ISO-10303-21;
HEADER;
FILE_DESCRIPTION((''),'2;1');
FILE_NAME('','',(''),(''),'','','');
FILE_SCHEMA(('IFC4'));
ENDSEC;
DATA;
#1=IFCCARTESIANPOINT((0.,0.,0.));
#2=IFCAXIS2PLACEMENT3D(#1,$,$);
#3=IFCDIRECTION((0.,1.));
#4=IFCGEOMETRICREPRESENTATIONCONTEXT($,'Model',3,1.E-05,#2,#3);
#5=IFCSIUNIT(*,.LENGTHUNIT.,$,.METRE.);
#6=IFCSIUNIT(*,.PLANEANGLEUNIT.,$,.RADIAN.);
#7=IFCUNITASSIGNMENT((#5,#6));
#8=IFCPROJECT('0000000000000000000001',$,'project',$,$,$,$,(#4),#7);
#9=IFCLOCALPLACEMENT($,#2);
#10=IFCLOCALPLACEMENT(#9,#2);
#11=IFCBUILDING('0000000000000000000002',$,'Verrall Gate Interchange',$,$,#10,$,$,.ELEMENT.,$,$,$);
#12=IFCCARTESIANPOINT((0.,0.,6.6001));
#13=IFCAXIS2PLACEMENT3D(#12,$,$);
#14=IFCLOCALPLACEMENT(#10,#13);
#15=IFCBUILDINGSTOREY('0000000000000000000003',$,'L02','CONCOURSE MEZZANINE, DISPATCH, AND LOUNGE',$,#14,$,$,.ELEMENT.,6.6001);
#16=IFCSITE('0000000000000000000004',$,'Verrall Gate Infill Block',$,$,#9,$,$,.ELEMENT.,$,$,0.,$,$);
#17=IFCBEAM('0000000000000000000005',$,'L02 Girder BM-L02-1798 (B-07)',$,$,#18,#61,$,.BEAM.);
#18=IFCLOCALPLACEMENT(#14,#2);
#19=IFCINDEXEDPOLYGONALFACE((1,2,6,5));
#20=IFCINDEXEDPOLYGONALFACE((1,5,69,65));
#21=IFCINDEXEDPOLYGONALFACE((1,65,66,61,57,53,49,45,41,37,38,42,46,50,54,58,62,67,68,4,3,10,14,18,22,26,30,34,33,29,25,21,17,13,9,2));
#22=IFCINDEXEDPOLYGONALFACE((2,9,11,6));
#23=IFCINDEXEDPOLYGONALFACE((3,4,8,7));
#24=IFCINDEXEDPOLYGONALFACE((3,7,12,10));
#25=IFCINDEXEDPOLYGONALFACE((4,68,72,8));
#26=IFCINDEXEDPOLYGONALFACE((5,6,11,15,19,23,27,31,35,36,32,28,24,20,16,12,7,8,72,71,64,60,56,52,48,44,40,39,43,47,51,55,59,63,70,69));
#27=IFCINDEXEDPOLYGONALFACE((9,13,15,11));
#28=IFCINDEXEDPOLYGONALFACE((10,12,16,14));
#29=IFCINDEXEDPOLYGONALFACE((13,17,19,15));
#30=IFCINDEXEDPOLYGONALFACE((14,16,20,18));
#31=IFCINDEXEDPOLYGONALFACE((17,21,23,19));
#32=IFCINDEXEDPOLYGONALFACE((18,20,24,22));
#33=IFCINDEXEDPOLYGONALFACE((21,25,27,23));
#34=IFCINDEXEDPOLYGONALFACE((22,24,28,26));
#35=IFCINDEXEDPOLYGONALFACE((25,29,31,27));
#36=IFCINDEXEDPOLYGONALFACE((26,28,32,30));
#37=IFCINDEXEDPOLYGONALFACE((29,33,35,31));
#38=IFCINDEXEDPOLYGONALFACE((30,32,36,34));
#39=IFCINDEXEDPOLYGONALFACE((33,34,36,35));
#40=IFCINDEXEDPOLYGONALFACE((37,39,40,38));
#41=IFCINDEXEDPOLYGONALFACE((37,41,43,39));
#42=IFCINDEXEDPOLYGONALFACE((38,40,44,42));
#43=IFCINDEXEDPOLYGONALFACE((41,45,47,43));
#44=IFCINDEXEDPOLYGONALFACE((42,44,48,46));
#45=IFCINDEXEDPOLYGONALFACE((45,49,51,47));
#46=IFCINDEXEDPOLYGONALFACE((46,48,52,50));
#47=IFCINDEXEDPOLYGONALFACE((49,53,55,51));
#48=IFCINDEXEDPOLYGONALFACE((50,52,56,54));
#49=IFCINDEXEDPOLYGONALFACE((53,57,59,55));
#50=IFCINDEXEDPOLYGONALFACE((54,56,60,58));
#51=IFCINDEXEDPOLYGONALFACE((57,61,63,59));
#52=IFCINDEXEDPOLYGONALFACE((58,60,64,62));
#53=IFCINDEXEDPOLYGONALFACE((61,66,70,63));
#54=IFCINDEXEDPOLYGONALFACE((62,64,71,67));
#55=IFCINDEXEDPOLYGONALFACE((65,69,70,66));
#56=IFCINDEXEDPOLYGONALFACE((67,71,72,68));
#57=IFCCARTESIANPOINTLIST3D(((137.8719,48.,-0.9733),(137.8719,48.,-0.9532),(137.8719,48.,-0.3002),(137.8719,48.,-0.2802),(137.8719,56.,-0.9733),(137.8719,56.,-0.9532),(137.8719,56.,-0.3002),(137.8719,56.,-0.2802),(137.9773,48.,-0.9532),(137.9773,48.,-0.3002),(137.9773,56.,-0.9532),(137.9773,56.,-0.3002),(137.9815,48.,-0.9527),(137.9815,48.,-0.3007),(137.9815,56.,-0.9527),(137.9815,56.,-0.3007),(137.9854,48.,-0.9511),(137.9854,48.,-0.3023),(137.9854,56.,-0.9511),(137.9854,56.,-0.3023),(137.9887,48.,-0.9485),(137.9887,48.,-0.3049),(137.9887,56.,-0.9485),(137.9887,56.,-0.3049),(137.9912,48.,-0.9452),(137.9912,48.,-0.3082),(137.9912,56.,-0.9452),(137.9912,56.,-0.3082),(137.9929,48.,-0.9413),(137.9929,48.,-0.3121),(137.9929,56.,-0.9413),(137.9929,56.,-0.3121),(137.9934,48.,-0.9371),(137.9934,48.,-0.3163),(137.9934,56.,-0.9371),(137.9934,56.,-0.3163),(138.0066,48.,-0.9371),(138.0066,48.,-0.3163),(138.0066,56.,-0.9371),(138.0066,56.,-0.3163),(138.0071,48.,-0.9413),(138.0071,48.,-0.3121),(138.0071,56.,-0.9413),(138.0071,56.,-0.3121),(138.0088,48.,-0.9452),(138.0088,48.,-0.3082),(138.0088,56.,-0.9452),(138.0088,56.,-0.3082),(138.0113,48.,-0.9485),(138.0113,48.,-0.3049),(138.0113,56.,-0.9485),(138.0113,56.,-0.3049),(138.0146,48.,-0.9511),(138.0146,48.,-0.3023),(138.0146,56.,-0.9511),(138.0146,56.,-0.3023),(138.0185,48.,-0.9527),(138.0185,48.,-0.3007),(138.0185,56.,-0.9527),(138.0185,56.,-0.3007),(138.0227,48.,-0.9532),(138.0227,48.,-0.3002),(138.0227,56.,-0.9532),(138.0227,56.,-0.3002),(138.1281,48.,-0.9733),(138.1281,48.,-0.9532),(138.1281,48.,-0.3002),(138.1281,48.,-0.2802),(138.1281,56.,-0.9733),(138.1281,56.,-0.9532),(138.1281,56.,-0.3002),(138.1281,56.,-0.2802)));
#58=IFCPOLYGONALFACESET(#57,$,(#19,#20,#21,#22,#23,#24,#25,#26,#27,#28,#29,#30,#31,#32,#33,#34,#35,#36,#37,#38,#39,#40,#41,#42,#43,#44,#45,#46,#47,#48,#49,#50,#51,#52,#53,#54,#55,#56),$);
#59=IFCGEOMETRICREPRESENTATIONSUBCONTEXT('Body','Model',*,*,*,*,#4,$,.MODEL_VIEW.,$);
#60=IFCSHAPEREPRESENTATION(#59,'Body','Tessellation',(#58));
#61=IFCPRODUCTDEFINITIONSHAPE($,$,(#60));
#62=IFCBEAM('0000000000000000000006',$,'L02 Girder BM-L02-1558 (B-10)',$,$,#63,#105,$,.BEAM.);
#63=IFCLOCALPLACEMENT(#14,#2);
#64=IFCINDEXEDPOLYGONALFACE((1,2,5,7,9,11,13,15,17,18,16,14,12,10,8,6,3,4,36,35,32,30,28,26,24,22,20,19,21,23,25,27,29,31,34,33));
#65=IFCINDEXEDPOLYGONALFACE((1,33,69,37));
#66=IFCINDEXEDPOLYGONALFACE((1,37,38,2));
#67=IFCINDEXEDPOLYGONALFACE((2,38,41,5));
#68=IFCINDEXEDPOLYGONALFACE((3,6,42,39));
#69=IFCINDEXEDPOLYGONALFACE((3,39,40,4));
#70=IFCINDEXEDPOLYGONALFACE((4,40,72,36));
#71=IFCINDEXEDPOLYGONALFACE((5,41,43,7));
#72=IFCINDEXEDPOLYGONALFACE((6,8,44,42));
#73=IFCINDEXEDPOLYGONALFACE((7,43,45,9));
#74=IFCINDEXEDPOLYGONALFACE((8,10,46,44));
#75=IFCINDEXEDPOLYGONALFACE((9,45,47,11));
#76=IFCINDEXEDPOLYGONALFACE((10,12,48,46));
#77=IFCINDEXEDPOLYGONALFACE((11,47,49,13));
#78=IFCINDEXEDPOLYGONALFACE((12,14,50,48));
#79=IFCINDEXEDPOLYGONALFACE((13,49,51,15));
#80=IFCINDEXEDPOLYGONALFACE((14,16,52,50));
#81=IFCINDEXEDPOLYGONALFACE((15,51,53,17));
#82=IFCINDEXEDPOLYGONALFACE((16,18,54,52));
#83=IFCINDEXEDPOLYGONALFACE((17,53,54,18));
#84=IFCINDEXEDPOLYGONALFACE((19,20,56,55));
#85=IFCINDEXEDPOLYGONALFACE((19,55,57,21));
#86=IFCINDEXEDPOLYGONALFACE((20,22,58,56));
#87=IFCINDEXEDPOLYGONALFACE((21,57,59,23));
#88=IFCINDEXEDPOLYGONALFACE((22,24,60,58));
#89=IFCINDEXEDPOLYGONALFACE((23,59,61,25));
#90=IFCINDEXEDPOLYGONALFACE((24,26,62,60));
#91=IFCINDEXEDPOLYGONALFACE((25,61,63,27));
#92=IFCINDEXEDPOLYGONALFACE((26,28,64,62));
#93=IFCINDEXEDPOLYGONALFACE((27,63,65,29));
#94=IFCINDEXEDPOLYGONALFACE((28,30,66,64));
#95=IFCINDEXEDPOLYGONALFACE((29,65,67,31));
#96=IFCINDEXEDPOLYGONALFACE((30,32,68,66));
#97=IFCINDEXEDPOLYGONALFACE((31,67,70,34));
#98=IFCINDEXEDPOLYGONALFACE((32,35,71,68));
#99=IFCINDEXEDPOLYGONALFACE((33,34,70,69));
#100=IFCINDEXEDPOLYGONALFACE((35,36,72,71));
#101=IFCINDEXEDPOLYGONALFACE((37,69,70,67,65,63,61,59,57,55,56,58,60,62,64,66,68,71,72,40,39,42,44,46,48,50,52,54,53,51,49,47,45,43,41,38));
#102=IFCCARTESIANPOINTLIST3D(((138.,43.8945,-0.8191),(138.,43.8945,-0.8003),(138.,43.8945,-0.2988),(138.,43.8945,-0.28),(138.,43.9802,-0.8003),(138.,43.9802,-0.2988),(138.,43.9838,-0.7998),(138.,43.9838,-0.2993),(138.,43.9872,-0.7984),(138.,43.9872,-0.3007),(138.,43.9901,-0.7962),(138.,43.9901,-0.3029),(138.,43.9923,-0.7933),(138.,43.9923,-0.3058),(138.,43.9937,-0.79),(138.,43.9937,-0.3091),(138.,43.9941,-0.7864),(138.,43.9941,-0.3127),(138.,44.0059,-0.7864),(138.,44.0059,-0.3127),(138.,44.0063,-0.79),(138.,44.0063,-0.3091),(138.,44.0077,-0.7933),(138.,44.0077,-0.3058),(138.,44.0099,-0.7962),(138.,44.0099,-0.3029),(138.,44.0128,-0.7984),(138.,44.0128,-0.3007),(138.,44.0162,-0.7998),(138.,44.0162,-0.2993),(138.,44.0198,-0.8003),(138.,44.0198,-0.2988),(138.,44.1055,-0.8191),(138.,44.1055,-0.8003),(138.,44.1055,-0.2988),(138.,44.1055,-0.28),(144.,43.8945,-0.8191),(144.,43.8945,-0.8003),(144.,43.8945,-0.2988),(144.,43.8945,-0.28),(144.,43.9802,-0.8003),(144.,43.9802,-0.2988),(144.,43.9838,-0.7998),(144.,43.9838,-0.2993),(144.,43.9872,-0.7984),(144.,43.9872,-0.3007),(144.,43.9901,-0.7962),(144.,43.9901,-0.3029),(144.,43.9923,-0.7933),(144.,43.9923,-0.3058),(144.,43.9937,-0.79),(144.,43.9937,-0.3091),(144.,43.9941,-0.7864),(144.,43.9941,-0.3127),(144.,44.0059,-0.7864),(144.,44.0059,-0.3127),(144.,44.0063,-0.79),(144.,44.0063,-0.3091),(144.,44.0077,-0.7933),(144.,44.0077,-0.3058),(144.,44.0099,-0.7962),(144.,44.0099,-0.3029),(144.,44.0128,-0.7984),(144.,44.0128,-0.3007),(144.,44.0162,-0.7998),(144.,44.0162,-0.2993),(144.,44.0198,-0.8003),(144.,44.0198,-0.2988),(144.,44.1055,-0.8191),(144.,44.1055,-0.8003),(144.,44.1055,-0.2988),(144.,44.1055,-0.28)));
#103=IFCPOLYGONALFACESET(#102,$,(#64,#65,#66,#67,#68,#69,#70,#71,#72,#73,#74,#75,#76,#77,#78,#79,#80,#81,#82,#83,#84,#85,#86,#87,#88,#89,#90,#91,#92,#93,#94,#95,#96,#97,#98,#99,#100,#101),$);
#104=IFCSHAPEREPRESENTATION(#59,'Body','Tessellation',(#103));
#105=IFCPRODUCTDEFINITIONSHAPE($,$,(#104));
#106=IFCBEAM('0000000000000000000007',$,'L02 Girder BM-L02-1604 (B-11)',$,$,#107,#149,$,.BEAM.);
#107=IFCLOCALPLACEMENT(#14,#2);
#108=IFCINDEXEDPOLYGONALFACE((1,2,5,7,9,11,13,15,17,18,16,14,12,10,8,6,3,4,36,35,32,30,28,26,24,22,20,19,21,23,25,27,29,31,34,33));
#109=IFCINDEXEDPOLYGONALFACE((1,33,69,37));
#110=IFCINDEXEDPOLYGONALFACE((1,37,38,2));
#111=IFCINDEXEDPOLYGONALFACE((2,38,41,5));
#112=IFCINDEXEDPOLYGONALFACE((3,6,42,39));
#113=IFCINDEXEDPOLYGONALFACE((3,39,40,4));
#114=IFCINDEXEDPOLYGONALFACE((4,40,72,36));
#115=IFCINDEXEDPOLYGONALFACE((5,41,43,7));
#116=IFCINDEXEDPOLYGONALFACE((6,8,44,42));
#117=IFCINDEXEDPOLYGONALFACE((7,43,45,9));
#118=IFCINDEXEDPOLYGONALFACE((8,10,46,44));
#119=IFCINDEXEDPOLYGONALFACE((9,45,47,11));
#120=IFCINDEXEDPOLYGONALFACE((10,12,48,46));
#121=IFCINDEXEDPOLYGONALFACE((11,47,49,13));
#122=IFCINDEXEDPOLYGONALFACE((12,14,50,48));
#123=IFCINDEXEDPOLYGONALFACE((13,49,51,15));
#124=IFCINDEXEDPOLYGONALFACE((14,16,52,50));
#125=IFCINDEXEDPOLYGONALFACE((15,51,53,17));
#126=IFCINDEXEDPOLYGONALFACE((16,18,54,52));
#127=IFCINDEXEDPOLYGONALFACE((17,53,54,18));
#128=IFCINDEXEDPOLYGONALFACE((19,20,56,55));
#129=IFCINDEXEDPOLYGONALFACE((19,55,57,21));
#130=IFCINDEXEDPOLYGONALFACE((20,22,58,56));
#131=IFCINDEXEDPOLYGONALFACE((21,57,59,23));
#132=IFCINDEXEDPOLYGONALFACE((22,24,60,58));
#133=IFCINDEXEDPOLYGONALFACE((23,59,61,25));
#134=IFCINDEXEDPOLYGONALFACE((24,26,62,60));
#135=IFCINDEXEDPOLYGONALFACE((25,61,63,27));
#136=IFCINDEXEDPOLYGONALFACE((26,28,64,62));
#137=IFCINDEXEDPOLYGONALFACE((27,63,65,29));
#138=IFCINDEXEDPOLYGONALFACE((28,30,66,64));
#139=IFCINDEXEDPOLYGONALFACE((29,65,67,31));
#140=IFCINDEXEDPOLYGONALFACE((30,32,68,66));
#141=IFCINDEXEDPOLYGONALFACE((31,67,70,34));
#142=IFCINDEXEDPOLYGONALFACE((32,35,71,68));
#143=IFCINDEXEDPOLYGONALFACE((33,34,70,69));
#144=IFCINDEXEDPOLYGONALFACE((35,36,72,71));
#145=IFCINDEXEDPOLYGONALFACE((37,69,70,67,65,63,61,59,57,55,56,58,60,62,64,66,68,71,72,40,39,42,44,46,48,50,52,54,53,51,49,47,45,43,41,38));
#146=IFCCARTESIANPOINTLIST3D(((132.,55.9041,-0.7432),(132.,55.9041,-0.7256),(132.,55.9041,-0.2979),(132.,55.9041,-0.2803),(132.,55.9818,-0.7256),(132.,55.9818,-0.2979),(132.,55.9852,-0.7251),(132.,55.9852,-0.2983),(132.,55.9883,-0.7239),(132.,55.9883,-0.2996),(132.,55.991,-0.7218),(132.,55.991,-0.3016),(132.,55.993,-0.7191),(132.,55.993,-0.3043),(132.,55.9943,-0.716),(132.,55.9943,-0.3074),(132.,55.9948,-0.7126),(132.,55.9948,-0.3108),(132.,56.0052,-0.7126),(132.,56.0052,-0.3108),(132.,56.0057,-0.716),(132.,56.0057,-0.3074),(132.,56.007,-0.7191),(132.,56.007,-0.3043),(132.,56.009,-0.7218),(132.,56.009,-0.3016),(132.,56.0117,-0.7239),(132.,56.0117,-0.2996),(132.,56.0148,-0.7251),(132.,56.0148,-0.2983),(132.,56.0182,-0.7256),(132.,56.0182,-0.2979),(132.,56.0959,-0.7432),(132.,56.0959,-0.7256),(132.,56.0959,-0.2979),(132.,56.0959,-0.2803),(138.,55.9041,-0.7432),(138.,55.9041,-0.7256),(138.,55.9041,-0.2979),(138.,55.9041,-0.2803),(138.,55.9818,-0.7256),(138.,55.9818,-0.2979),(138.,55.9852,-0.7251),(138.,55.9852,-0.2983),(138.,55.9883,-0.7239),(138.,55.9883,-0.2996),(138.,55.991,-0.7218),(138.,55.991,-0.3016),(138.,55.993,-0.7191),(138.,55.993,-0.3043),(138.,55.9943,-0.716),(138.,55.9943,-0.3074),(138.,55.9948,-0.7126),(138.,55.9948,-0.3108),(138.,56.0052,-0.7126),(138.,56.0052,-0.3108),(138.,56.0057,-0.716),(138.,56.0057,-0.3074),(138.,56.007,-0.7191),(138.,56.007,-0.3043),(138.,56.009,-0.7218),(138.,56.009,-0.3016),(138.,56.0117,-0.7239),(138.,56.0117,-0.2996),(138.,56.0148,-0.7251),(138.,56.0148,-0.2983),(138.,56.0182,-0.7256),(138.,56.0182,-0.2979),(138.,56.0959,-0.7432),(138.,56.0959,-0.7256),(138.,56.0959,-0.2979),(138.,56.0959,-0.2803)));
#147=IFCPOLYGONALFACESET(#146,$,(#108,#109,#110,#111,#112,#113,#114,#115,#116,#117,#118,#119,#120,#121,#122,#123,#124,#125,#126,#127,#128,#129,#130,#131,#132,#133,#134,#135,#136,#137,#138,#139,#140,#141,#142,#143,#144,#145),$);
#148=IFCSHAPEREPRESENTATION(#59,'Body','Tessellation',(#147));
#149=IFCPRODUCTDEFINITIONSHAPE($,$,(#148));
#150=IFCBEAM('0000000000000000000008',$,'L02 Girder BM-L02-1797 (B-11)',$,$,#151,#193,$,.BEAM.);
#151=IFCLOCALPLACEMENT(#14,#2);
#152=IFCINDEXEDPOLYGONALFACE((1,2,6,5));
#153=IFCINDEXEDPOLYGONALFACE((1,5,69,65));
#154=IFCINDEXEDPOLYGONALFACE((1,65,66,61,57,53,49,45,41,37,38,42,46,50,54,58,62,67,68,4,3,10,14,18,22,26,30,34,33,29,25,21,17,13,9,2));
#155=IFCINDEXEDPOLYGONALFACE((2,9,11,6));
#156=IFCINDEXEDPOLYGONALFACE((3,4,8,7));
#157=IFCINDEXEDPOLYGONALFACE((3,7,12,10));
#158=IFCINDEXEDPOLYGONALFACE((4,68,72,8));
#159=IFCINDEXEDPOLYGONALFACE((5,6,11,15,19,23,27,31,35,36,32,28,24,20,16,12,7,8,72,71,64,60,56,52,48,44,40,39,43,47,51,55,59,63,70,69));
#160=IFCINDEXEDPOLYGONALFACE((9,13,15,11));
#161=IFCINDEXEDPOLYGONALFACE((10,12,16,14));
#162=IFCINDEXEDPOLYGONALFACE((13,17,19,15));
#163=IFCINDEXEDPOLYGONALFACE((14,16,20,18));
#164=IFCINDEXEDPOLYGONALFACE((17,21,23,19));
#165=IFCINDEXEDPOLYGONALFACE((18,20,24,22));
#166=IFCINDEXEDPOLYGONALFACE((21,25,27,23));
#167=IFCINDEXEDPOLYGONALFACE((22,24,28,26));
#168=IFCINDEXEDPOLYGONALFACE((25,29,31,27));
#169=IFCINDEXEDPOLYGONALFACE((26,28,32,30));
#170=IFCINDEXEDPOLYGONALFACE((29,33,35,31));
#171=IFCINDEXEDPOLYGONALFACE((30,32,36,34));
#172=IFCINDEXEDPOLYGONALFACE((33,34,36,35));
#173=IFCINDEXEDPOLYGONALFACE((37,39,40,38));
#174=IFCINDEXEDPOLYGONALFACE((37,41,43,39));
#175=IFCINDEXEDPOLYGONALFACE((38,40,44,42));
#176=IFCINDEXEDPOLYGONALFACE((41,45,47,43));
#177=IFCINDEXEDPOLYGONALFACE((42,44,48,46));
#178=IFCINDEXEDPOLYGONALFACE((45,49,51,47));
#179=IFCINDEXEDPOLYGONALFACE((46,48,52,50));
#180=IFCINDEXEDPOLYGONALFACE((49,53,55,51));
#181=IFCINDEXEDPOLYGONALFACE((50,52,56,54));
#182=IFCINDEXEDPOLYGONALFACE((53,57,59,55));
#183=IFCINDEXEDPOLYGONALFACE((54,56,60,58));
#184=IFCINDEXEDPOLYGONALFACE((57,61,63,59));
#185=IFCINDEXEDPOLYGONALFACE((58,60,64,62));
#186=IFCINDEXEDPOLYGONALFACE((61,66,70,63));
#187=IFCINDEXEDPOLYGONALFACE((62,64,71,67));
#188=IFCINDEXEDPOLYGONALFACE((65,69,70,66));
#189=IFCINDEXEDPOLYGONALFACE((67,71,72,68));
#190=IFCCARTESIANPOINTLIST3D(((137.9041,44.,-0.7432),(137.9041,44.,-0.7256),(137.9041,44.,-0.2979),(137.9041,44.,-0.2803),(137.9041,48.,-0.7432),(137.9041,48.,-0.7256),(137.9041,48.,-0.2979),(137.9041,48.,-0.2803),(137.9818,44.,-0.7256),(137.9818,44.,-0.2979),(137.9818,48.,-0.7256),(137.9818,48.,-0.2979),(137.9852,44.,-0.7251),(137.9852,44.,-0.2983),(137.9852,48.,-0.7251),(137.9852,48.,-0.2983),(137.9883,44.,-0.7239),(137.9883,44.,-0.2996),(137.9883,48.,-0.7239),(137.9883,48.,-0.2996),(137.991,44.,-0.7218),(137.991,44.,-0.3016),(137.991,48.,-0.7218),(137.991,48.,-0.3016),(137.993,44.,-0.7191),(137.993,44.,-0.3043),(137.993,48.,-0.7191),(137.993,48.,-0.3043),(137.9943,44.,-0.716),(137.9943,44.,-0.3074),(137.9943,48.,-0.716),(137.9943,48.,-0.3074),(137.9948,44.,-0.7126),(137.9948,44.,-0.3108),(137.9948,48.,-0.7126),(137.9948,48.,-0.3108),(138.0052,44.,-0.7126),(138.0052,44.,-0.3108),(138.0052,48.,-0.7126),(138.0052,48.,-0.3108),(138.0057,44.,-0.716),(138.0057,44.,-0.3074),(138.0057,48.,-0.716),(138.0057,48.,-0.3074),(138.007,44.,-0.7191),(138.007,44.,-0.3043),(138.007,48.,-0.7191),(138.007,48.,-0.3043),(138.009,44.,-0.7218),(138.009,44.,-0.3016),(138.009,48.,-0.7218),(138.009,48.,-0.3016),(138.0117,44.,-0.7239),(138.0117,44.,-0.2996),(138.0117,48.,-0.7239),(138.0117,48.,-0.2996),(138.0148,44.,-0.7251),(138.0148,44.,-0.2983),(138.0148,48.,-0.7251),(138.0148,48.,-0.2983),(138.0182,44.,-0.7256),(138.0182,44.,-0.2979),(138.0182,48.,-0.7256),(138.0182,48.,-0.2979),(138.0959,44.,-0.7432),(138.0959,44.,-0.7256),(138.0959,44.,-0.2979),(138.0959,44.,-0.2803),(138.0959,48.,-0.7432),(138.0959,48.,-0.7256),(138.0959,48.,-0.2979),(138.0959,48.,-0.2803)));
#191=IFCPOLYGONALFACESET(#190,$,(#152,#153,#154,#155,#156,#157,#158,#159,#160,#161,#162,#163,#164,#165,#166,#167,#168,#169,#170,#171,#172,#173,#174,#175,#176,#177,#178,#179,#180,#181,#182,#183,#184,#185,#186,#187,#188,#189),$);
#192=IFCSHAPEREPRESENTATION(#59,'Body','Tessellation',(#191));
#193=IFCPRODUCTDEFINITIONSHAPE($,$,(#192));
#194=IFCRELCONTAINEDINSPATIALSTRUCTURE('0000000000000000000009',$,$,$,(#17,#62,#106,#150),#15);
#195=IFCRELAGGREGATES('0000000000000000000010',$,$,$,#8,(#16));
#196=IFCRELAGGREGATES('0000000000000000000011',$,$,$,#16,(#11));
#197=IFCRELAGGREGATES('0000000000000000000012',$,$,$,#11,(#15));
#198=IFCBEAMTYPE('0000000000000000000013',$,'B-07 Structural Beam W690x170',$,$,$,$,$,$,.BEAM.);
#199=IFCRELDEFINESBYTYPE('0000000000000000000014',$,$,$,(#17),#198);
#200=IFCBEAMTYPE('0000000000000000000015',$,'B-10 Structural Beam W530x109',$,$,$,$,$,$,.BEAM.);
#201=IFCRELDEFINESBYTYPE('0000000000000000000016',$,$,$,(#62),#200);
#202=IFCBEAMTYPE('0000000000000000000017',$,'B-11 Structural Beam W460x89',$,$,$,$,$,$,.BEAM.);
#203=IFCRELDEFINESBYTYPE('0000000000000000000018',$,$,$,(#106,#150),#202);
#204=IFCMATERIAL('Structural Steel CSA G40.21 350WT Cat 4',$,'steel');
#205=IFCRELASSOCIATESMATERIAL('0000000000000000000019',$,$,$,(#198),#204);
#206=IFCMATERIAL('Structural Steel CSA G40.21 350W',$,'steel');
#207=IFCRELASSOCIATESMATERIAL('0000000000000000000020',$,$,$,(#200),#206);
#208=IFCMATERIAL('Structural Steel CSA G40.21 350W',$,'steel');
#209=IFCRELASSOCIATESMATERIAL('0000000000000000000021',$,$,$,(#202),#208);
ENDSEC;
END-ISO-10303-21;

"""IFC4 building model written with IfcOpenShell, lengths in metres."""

from ifc_helpers import new_model, si_unit, direction, frame, origin, origin_2d, place, context, subcontext, project, spatial, i_section, extrude, material, material_profile, profile_set, type_object, element, save


model = new_model("IFC4")

# Units and contexts
model_context = context("Model", 3, precision=1e-05, world=origin(), true_north=direction((0.0, 1.0)))
body_context = subcontext(model_context, "Body", "Model", "MODEL_VIEW")
ifc_project = project(units=[si_unit("LENGTHUNIT", "METRE"), si_unit("PLANEANGLEUNIT", "RADIAN")], contexts=[model_context])

# Site, building, storey
site_placement = place(None, origin())
site = spatial("IfcSite", under=ifc_project, at=site_placement, Name="Verrall Gate Infill Block", CompositionType="ELEMENT", RefElevation=0.0)
building_placement = place(site_placement, origin())
building = spatial("IfcBuilding", under=site, at=building_placement, Name="Verrall Gate Interchange", CompositionType="ELEMENT")
storey_placement = place(building_placement, frame((0.0, 0.0, 6.6001)))
storey = spatial("IfcBuildingStorey", under=building, at=storey_placement, Name="L02", Description="CONCOURSE MEZZANINE, DISPATCH, AND LOUNGE", CompositionType="ELEMENT", Elevation=6.6001)

# Beams
ifc_material_1 = material(Name="Structural Steel CSA G40.21 350WT Cat 4", Category="steel")
ifc_material_profile_1 = material_profile(ifc_material_1, i_section(OverallWidth=0.2561, OverallDepth=0.6931, WebThickness=0.0132, FlangeThickness=0.02, FilletRadius=0.0161, at=origin_2d()), Name="W690x170")
ifc_profile_set_1 = profile_set([ifc_material_profile_1], Name="Structural Steel CSA G40.21 350WT Cat 4")
beam_type_1 = type_object("IfcBeamType", Name="B-07 Structural Beam W690x170", PredefinedType="BEAM", material=ifc_profile_set_1)
beam_1_placement = place(storey_placement, frame((138.0, 48.0, -0.6267), z_axis=(0.0, 1.0, 0.0), x_axis=(-1.0, 0.0, 0.0)))
element("IfcBeam", 1, at=beam_1_placement, inside=storey, type_object=beam_type_1, Name="L02 Girder BM-L02-1798 (B-07)", PredefinedType="BEAM", context=body_context, shape_type="SweptSolid", body=[
    extrude(i_section(OverallWidth=0.2561, OverallDepth=0.6931, WebThickness=0.0132, FlangeThickness=0.02, FilletRadius=0.0161, at=origin_2d()), origin(), (0.0, 0.0, 1.0), 8.0),
])
ifc_material_2 = material(Name="Structural Steel CSA G40.21 350W", Category="steel")
ifc_material_profile_2 = material_profile(ifc_material_2, i_section(OverallWidth=0.2109, OverallDepth=0.5391, WebThickness=0.0117, FlangeThickness=0.0188, FilletRadius=0.0139, at=origin_2d()), Name="W530x109")
ifc_profile_set_2 = profile_set([ifc_material_profile_2], Name="Structural Steel CSA G40.21 350W")
beam_type_2 = type_object("IfcBeamType", Name="B-10 Structural Beam W530x109", PredefinedType="BEAM", material=ifc_profile_set_2)
beam_2_placement = place(storey_placement, frame((138.0, 44.0, -0.5496), z_axis=(1.0, 0.0, 0.0), x_axis=(0.0, 1.0, 0.0)))
element("IfcBeam", 2, at=beam_2_placement, inside=storey, type_object=beam_type_2, Name="L02 Girder BM-L02-1558 (B-10)", PredefinedType="BEAM", context=body_context, shape_type="SweptSolid", body=[
    extrude(i_section(OverallWidth=0.2109, OverallDepth=0.5391, WebThickness=0.0117, FlangeThickness=0.0188, FilletRadius=0.0139, at=origin_2d()), origin(), (0.0, 0.0, 1.0), 6.0),
])
ifc_material_3 = material(Name="Structural Steel CSA G40.21 350W", Category="steel")
ifc_material_profile_3 = material_profile(ifc_material_3, i_section(OverallWidth=0.1919, OverallDepth=0.4629, WebThickness=0.0105, FlangeThickness=0.0176, FilletRadius=0.0129, at=origin_2d()), Name="W460x89")
ifc_profile_set_3 = profile_set([ifc_material_profile_3], Name="Structural Steel CSA G40.21 350W")
beam_type_3 = type_object("IfcBeamType", Name="B-11 Structural Beam W460x89", PredefinedType="BEAM", material=ifc_profile_set_3)
beam_3_placement = place(storey_placement, frame((132.0, 56.0, -0.5117), z_axis=(1.0, 0.0, 0.0), x_axis=(0.0, 1.0, 0.0)))
element("IfcBeam", 3, at=beam_3_placement, inside=storey, type_object=beam_type_3, Name="L02 Girder BM-L02-1604 (B-11)", PredefinedType="BEAM", context=body_context, shape_type="SweptSolid", body=[
    extrude(i_section(OverallWidth=0.1919, OverallDepth=0.4629, WebThickness=0.0105, FlangeThickness=0.0176, FilletRadius=0.0129, at=origin_2d()), origin(), (0.0, 0.0, 1.0), 6.0),
])
beam_4_placement = place(storey_placement, frame((138.0, 44.0, -0.5117), z_axis=(0.0, 1.0, 0.0), x_axis=(-1.0, 0.0, 0.0)))
element("IfcBeam", 4, at=beam_4_placement, inside=storey, type_object=beam_type_3, Name="L02 Girder BM-L02-1797 (B-11)", PredefinedType="BEAM", context=body_context, shape_type="SweptSolid", body=[
    extrude(i_section(OverallWidth=0.1919, OverallDepth=0.4629, WebThickness=0.0105, FlangeThickness=0.0176, FilletRadius=0.0129, at=origin_2d()), origin(), (0.0, 0.0, 1.0), 4.0),
])

save(model, "model.ifc")
